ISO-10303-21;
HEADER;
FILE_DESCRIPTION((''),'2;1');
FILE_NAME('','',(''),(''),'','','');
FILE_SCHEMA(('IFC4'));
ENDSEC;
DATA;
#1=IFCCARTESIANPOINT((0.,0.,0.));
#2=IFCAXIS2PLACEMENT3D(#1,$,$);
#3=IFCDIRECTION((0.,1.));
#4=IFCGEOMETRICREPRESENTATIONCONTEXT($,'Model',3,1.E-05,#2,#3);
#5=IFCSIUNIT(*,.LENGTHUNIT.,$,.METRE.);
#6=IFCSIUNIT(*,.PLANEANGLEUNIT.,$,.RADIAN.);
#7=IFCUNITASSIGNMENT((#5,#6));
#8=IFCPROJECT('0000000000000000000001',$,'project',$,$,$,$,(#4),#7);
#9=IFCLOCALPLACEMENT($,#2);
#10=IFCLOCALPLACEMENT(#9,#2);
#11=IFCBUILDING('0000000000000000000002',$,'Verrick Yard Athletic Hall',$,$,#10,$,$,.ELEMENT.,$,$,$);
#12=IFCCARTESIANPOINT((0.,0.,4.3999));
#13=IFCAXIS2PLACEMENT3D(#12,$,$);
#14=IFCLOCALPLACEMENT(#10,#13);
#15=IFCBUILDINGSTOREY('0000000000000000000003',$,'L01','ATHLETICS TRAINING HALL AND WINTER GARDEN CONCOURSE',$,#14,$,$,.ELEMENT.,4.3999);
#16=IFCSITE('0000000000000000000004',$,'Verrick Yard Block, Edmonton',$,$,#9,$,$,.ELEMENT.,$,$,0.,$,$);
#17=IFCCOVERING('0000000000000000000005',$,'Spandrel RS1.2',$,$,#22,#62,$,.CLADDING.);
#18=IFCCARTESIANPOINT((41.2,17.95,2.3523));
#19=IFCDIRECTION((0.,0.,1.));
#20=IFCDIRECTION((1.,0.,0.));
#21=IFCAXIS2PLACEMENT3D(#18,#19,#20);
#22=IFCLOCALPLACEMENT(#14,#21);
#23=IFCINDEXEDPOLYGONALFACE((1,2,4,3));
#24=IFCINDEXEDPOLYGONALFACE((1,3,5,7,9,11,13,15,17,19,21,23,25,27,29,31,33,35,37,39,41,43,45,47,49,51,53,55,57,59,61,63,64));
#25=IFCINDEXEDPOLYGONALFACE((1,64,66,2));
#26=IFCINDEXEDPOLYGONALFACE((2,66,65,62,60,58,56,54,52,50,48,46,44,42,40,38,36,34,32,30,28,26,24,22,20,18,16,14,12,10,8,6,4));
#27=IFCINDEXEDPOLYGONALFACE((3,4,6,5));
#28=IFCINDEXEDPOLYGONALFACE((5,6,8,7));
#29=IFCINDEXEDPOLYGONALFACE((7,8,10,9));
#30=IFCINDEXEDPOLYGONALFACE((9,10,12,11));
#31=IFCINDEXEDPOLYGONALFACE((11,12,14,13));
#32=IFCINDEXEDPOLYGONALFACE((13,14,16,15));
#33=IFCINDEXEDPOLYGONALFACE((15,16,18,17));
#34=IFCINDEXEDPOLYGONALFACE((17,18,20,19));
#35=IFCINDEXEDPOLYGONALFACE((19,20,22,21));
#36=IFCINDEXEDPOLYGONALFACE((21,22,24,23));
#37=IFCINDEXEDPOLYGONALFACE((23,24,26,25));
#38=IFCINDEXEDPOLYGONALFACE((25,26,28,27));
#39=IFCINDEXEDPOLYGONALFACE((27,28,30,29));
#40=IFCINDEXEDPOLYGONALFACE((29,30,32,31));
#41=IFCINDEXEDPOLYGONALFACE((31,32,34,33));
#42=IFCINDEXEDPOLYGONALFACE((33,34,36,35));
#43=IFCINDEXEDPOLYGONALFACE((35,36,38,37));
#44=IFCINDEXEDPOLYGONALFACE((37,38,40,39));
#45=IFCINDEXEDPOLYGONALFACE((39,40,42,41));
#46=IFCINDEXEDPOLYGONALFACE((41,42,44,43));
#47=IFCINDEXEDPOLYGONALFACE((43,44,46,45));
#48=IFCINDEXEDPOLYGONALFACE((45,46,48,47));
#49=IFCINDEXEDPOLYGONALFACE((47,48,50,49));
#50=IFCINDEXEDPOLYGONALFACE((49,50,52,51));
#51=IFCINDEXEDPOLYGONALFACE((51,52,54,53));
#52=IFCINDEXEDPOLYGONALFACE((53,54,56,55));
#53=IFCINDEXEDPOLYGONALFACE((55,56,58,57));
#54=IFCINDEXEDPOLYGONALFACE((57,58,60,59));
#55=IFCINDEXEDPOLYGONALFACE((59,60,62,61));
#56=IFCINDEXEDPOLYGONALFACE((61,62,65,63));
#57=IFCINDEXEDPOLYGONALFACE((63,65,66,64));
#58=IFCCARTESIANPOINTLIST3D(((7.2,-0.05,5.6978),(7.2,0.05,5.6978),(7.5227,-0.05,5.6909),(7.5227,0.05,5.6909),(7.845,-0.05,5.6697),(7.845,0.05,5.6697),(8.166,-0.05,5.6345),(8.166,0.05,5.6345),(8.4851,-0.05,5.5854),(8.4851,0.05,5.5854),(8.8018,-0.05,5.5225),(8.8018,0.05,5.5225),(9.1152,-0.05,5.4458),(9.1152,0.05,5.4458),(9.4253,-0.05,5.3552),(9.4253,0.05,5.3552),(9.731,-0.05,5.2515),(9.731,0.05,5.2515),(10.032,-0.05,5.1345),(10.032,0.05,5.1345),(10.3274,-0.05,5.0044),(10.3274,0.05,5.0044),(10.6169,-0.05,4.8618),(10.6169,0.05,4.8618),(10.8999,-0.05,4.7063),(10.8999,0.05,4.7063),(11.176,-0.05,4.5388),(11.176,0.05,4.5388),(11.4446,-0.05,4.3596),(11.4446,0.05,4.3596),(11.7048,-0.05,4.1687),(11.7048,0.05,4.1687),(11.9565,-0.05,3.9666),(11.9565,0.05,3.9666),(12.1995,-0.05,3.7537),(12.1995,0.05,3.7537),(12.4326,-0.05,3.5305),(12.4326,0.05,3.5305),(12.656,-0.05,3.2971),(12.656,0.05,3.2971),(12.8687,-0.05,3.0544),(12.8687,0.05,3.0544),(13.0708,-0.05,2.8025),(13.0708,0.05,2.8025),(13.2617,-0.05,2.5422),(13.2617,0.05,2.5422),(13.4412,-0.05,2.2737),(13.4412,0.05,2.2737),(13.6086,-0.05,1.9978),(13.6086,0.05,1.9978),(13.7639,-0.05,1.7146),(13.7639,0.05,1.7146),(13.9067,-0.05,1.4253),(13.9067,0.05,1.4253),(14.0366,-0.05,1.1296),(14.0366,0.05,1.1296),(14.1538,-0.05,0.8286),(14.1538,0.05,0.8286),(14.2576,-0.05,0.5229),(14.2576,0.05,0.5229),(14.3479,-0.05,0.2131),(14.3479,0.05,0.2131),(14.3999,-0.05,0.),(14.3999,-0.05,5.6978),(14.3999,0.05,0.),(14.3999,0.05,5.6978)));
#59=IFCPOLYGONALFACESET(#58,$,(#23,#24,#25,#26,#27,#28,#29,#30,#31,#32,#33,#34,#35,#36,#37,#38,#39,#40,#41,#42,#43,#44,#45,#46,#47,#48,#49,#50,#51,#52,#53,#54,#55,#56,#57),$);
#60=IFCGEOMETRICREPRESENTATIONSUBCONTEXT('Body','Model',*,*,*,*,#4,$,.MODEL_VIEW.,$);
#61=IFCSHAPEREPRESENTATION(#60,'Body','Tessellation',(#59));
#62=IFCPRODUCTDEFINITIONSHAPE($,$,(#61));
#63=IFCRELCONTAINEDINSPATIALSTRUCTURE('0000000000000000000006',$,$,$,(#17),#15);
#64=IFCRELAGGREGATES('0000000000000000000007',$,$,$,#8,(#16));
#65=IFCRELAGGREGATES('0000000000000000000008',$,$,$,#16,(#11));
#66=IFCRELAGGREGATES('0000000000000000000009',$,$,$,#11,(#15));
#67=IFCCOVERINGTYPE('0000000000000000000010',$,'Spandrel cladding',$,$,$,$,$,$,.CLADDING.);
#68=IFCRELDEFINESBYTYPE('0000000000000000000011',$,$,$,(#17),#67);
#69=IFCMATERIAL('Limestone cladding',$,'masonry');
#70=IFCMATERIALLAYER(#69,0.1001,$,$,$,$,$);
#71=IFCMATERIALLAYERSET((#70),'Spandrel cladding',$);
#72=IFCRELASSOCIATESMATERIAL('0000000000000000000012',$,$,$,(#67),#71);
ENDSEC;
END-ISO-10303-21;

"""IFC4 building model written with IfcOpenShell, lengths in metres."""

from ifc_helpers import new_model, si_unit, direction, frame, origin, place, context, subcontext, project, spatial, polyline, outline, extrude, material, layer, layer_set, type_object, element, save


model = new_model("IFC4")

# Units and contexts
model_context = context("Model", 3, precision=1e-05, world=origin(), true_north=direction((0.0, 1.0)))
body_context = subcontext(model_context, "Body", "Model", "MODEL_VIEW")
ifc_project = project(units=[si_unit("LENGTHUNIT", "METRE"), si_unit("PLANEANGLEUNIT", "RADIAN")], contexts=[model_context])

# Site, building, storey
site_placement = place(None, origin())
site = spatial("IfcSite", under=ifc_project, at=site_placement, Name="Verrick Yard Block, Edmonton", CompositionType="ELEMENT", RefElevation=0.0)
building_placement = place(site_placement, origin())
building = spatial("IfcBuilding", under=site, at=building_placement, Name="Verrick Yard Athletic Hall", CompositionType="ELEMENT")
storey_placement = place(building_placement, frame((0.0, 0.0, 4.3999)))
storey = spatial("IfcBuildingStorey", under=building, at=storey_placement, Name="L01", Description="ATHLETICS TRAINING HALL AND WINTER GARDEN CONCOURSE", CompositionType="ELEMENT", Elevation=4.3999)

# Covering
ifc_material_1 = material(Name="Limestone cladding", Category="masonry")
ifc_layer_1 = layer(ifc_material_1, 0.1001)
ifc_layer_set_1 = layer_set([ifc_layer_1], Name="Spandrel cladding")
covering_type_1 = type_object("IfcCoveringType", Name="Spandrel cladding", PredefinedType="CLADDING", material=ifc_layer_set_1)
covering_1_placement = place(storey_placement, frame((41.2, 17.95, 2.3523), z_axis=(0.0, 0.0, 1.0), x_axis=(1.0, 0.0, 0.0)))
element("IfcCovering", 1, at=covering_1_placement, inside=storey, type_object=covering_type_1, Name="Spandrel RS1.2", PredefinedType="CLADDING", context=body_context, shape_type="SweptSolid", body=[
    extrude(outline(polyline([(7.2, 5.6978), (7.5227, 5.6909), (7.845, 5.6697), (8.166, 5.6345), (8.4851, 5.5854), (8.8018, 5.5225), (9.1152, 5.4458), (9.4253, 5.3552), (9.731, 5.2515), (10.032, 5.1345), (10.3274, 5.0044), (10.6169, 4.8618), (10.8999, 4.7063), (11.176, 4.5388), (11.4446, 4.3596), (11.7048, 4.1687), (11.9565, 3.9666), (12.1995, 3.7537), (12.4326, 3.5305), (12.656, 3.2971), (12.8687, 3.0544), (13.0708, 2.8025), (13.2617, 2.5422), (13.4412, 2.2737), (13.6086, 1.9978), (13.7639, 1.7146), (13.9067, 1.4253), (14.0366, 1.1296), (14.1538, 0.8286), (14.2576, 0.5229), (14.3479, 0.2131), (14.3999, 0.0), (14.3999, 5.6978), (7.2, 5.6978)])), frame((0.0, 0.05, 0.0), z_axis=(0.0, -1.0, 0.0), x_axis=(1.0, 0.0, 0.0)), (0.0, 0.0, 1.0), 0.1001),
])

save(model, "model.ifc")
